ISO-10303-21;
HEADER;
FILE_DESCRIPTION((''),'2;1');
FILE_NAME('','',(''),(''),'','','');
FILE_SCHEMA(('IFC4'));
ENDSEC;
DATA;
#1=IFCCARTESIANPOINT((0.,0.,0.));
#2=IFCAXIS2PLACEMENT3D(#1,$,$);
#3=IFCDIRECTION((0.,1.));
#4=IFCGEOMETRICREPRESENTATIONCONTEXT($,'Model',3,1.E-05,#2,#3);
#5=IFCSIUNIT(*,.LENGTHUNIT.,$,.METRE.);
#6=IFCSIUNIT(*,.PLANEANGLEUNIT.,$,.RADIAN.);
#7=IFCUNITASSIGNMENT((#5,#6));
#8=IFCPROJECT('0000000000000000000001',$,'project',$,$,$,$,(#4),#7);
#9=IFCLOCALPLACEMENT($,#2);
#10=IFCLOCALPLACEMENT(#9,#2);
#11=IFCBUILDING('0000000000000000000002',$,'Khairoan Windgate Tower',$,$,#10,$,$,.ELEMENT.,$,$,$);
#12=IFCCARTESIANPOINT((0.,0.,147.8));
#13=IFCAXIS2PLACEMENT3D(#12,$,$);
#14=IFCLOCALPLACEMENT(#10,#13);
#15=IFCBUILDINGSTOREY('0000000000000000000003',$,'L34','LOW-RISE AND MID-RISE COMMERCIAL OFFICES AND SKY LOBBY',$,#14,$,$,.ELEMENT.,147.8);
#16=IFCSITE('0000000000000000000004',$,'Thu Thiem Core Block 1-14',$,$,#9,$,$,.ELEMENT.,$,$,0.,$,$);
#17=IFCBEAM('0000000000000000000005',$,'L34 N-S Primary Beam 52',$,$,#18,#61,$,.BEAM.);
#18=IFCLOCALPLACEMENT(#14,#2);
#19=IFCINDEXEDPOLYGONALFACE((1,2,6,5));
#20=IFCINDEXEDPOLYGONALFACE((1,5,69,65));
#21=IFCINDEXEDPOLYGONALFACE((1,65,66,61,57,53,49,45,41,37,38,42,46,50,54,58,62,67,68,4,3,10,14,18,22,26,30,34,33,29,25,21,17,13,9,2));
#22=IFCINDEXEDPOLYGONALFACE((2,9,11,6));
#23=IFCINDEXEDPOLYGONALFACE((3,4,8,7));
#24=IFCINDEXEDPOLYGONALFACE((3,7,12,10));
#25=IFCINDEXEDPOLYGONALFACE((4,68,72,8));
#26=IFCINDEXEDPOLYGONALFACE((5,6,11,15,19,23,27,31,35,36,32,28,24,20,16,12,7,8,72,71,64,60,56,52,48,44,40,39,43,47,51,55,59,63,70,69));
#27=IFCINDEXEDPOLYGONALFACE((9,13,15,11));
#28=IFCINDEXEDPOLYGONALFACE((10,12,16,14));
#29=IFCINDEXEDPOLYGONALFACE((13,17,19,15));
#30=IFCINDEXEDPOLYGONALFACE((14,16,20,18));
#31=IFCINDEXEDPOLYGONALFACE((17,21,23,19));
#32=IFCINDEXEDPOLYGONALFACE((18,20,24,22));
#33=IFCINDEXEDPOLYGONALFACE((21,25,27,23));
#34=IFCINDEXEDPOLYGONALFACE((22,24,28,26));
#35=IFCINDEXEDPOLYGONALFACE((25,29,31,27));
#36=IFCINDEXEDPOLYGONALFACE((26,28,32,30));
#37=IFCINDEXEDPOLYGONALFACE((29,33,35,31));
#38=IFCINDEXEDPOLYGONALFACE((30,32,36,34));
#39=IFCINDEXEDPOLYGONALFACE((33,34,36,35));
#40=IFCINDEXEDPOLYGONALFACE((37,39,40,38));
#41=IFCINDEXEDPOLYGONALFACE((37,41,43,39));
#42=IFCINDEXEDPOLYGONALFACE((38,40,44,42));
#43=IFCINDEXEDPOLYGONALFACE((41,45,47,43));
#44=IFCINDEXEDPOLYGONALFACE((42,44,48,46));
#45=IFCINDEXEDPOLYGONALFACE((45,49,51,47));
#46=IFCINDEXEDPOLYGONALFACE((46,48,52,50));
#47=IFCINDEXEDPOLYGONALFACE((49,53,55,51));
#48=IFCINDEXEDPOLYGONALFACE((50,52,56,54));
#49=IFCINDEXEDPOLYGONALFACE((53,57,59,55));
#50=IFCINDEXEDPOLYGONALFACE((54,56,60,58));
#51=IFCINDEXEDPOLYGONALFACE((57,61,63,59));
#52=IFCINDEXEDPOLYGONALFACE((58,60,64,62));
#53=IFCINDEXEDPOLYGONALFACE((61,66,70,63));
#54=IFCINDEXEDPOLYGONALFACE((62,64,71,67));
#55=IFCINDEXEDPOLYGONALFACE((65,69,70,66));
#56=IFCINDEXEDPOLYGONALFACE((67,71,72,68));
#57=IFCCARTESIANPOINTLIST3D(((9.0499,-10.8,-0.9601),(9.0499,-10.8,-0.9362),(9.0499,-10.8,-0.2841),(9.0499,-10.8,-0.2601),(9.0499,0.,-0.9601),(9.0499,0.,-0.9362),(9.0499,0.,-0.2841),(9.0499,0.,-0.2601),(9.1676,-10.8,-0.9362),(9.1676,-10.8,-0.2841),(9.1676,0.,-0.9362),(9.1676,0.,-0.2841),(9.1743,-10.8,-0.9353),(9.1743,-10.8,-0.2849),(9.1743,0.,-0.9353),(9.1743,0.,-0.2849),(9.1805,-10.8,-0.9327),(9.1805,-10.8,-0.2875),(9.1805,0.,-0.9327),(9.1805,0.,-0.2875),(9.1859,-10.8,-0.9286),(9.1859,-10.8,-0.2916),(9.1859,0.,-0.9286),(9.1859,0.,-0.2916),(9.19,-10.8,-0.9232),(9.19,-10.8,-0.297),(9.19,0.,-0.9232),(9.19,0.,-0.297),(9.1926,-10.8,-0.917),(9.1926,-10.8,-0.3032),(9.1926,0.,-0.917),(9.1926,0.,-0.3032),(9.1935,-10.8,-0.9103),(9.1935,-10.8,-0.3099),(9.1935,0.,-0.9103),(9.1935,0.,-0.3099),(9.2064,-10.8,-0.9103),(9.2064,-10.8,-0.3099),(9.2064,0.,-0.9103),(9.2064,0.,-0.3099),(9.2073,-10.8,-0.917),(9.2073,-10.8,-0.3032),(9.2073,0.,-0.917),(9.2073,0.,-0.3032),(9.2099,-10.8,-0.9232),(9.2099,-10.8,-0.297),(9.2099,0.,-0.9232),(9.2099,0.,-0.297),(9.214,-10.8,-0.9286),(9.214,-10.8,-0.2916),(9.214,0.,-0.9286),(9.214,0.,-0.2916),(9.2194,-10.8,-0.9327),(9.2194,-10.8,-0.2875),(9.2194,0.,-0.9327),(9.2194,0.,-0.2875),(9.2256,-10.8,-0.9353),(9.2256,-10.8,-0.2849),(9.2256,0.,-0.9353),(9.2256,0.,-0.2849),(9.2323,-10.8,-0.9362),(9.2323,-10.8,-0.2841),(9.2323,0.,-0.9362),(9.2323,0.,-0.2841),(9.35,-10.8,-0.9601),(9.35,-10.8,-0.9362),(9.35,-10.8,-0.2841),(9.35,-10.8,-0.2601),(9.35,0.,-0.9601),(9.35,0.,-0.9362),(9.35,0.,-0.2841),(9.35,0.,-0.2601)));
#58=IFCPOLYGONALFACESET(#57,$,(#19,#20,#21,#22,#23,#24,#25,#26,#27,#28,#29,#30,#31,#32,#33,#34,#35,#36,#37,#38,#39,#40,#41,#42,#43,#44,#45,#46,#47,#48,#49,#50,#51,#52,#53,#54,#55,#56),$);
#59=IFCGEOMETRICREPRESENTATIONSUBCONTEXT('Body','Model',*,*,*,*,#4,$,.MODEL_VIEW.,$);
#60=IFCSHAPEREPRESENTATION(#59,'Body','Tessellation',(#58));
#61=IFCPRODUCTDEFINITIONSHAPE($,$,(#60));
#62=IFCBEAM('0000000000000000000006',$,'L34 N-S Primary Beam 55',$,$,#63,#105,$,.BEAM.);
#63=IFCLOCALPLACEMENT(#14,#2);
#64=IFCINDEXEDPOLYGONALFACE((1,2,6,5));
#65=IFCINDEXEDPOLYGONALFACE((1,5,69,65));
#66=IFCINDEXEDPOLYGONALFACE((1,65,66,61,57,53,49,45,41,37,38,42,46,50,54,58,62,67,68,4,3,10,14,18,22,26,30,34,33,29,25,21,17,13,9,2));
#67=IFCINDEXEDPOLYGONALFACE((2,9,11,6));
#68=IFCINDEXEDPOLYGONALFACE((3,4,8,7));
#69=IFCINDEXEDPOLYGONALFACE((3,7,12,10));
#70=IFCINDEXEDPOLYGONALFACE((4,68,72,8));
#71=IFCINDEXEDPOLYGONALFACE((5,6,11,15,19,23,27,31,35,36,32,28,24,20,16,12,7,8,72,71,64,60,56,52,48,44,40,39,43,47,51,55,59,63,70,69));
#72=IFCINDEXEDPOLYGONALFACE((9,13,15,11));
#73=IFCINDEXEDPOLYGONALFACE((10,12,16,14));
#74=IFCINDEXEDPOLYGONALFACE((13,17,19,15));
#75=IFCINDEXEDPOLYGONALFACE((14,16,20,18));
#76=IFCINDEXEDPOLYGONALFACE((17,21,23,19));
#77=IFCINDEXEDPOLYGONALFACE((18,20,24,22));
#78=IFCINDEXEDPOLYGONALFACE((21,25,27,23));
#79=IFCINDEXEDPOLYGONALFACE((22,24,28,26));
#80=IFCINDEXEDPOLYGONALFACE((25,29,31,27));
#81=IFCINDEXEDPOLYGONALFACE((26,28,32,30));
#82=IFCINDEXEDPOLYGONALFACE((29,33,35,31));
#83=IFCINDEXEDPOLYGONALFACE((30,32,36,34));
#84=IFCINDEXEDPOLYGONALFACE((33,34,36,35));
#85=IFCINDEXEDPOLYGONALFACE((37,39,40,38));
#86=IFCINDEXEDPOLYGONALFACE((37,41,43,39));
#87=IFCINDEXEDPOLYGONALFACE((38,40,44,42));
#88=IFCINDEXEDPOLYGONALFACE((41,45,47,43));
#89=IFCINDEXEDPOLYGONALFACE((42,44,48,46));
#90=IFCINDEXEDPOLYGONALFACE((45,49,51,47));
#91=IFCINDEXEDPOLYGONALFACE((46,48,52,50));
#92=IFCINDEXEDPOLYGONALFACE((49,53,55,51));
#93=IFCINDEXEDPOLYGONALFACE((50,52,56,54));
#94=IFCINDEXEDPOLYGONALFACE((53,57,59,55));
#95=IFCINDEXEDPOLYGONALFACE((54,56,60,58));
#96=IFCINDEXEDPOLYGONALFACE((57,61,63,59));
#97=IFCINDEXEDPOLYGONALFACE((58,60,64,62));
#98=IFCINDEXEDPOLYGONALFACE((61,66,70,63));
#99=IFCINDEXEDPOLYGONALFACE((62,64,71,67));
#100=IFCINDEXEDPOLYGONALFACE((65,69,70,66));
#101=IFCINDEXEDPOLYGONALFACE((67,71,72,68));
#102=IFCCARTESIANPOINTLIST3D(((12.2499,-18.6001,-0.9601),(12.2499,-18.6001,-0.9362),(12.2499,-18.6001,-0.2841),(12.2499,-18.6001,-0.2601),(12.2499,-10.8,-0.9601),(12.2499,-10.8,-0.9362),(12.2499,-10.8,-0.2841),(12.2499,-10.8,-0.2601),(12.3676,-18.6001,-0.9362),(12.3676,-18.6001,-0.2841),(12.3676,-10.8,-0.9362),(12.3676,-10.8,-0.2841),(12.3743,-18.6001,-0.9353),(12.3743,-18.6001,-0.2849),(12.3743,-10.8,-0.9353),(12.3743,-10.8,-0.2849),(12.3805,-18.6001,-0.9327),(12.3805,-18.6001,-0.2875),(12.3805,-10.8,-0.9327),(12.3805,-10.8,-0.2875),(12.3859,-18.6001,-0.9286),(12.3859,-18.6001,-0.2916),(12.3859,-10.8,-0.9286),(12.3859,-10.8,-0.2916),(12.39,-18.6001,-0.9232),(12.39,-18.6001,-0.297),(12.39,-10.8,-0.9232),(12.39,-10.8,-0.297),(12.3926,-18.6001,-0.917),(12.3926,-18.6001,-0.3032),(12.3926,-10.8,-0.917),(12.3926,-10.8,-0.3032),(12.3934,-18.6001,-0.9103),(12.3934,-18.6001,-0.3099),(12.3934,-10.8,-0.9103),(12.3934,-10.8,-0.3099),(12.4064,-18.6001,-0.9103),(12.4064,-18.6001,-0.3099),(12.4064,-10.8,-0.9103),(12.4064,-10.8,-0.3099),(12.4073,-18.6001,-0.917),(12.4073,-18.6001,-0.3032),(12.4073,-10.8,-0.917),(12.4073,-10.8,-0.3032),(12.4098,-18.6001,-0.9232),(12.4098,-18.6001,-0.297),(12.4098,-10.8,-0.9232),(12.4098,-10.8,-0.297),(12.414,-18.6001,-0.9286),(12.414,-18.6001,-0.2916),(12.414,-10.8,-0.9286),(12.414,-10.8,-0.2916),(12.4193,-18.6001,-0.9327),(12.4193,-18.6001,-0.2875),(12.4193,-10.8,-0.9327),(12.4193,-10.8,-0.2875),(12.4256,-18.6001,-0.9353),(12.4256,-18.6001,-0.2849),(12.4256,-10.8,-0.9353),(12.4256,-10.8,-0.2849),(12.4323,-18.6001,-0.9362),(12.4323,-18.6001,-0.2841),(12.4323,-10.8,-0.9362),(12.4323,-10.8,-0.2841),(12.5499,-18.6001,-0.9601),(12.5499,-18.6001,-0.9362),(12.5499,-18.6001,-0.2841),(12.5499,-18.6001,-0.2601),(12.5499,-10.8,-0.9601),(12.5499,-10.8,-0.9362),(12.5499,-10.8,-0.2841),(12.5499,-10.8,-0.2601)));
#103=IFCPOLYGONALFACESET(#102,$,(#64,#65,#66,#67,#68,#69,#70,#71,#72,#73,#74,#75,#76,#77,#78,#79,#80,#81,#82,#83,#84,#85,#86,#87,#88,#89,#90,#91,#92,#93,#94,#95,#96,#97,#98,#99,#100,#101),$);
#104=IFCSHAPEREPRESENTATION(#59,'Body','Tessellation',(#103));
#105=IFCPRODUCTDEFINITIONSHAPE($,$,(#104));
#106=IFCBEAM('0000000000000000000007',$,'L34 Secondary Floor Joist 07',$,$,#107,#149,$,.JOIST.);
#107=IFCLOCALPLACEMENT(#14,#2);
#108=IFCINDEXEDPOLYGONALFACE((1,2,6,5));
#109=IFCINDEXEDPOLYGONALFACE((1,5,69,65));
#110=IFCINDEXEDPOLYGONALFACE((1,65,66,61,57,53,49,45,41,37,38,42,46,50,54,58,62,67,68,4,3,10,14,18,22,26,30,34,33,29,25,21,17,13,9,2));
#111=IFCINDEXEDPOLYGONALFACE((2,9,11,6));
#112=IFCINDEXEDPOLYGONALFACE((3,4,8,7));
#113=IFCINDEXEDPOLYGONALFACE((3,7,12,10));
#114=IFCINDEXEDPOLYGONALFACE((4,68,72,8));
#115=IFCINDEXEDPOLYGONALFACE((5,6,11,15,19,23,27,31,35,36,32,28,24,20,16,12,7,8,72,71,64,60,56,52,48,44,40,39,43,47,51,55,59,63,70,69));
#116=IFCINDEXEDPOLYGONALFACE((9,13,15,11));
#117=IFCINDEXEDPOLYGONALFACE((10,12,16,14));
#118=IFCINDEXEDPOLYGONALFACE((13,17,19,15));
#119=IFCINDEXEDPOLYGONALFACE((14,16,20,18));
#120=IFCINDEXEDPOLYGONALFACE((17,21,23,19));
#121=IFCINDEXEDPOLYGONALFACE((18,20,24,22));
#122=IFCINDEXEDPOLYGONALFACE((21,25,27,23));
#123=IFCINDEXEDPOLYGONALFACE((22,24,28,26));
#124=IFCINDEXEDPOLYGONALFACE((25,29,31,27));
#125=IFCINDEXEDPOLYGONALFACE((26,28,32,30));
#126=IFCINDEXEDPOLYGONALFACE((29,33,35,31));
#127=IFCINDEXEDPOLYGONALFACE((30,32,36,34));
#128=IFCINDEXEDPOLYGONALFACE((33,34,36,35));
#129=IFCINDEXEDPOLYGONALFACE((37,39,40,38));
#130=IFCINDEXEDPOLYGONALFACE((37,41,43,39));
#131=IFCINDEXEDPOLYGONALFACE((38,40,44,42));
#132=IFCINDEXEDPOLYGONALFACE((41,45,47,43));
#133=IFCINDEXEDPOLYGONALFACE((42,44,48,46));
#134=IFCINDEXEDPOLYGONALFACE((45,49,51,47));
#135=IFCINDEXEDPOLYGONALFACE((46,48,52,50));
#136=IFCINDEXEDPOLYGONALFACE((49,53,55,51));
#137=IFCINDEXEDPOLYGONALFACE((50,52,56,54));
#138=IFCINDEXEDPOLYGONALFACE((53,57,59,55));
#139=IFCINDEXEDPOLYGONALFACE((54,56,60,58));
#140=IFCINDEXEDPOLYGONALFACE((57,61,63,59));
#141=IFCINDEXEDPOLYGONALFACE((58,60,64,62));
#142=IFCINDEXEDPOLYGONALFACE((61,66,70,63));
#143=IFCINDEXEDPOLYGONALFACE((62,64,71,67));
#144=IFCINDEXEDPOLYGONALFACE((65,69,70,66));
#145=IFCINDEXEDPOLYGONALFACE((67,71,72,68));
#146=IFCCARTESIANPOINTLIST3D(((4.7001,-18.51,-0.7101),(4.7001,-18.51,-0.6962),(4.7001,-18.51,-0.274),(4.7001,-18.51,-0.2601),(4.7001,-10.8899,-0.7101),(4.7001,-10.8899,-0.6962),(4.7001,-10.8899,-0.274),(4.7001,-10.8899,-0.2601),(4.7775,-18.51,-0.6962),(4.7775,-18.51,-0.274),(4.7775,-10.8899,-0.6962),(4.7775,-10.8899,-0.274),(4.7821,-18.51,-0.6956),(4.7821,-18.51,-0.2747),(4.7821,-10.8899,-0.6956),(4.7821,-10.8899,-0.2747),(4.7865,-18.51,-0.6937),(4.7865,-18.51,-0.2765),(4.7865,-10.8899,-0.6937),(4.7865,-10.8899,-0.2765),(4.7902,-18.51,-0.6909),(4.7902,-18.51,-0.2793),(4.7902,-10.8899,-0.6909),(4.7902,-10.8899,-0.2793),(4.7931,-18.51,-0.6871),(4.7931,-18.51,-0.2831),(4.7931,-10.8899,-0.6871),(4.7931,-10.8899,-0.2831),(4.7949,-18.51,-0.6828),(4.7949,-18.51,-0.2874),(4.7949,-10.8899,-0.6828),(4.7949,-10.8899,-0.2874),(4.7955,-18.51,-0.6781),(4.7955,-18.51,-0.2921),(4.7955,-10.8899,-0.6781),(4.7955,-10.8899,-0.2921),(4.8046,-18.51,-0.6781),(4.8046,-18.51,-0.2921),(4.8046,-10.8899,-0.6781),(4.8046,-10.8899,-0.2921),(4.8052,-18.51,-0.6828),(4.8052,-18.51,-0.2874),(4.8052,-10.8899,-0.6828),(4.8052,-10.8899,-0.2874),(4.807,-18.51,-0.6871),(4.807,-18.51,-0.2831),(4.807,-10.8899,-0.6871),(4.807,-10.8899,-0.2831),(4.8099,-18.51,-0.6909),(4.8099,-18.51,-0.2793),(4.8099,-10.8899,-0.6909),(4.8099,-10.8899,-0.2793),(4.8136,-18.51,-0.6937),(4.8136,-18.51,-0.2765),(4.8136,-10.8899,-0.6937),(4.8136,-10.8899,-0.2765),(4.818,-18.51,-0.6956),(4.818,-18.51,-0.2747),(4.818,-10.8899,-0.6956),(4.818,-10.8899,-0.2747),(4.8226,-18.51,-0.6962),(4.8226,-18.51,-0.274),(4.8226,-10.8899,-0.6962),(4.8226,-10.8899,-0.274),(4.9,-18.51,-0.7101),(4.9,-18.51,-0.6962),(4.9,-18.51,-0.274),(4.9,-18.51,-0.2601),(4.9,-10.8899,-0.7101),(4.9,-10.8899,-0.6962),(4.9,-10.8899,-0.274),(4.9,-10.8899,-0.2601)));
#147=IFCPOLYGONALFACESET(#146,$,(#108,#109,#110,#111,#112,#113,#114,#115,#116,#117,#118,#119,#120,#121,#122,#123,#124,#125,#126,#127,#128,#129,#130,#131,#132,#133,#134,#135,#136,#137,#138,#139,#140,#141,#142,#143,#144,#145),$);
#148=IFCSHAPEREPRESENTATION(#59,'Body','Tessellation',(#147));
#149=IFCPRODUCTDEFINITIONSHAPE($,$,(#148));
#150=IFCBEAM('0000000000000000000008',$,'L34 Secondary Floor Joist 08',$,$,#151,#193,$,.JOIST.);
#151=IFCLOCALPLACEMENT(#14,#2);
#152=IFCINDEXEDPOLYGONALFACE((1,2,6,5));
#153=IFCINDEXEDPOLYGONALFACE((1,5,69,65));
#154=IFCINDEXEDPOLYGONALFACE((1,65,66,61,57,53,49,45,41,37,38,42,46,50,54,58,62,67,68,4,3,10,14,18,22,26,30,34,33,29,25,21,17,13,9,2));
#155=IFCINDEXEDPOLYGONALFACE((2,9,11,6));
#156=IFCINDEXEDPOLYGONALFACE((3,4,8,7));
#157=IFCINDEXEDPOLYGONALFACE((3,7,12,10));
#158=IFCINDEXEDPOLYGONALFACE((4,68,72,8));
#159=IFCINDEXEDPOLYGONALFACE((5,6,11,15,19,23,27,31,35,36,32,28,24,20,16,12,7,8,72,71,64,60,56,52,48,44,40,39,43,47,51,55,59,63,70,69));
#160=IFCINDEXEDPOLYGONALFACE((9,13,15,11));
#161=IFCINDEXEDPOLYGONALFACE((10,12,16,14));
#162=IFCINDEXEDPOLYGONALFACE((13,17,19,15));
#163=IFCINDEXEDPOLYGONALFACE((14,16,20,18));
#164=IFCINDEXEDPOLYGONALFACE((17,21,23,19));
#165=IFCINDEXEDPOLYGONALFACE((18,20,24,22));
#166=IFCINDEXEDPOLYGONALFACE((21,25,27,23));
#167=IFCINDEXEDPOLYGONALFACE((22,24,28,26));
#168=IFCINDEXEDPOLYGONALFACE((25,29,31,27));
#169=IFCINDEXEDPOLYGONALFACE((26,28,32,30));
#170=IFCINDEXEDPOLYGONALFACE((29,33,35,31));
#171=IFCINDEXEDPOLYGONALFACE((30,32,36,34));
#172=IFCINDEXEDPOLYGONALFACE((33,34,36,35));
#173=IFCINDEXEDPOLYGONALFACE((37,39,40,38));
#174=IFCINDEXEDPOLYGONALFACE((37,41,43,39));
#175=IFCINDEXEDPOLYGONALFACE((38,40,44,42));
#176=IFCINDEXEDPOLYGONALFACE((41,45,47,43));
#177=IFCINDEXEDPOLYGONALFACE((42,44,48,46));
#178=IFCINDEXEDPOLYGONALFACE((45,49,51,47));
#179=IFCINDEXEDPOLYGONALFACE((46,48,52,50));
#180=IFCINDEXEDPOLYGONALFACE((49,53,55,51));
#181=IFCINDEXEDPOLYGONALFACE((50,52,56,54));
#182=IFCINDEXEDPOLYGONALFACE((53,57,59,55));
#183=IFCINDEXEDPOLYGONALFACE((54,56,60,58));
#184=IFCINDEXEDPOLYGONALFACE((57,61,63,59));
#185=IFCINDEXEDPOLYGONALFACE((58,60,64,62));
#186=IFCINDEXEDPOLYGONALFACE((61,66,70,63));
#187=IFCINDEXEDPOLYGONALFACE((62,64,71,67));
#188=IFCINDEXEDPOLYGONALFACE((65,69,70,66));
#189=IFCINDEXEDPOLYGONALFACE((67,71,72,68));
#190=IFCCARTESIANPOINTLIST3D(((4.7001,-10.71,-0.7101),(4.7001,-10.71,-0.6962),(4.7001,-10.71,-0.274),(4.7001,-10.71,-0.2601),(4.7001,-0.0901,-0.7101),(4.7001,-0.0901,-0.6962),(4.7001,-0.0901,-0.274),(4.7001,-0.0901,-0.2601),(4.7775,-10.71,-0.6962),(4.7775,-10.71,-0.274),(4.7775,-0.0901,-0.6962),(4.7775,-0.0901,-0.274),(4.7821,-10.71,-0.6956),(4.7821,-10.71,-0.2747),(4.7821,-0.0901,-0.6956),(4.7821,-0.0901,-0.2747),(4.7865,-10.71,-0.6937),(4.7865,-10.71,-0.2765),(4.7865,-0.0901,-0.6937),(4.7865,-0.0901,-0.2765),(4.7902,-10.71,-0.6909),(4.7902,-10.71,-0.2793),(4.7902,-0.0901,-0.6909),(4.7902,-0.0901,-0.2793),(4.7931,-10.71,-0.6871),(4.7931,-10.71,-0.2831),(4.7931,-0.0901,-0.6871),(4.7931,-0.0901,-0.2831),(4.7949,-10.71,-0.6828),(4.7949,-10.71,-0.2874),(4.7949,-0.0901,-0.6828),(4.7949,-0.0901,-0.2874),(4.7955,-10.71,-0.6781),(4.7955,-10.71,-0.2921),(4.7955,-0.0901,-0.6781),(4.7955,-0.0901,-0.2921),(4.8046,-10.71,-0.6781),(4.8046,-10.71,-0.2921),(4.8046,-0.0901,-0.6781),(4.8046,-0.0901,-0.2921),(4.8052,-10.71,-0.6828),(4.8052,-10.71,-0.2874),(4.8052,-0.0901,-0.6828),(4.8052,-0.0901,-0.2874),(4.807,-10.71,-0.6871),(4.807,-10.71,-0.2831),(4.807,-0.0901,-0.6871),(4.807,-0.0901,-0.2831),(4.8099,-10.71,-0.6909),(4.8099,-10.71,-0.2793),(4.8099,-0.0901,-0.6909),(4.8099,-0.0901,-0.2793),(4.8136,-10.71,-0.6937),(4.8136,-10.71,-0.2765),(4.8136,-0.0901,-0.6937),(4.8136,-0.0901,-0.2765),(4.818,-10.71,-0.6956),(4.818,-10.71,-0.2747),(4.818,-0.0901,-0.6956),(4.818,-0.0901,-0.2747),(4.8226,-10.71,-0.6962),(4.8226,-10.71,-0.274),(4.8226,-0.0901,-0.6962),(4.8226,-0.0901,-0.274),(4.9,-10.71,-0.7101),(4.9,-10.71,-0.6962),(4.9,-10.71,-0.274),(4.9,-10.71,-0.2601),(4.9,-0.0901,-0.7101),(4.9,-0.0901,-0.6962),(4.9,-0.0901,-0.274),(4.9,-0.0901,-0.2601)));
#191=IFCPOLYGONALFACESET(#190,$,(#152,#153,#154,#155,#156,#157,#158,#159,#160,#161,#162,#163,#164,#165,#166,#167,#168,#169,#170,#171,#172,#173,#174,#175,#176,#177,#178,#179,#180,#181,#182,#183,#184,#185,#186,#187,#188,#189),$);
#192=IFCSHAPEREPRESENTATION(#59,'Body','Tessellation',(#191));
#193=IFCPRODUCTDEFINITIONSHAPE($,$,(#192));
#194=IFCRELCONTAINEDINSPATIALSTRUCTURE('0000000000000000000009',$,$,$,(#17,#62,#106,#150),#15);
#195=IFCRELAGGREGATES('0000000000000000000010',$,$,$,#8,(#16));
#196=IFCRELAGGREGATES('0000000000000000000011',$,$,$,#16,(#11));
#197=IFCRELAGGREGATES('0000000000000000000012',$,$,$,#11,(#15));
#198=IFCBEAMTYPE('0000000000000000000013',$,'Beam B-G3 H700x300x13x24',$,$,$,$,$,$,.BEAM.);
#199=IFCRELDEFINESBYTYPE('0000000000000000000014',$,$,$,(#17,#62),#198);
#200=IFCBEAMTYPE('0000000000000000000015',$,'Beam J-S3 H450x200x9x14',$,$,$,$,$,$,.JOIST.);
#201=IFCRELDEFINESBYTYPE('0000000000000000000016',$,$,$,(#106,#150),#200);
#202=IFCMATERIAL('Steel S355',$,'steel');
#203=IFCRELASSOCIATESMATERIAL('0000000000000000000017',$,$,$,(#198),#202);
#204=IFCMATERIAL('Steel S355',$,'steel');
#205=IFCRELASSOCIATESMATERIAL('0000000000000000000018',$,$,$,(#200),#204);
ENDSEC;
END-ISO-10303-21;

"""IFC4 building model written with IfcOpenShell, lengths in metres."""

from ifc_helpers import new_model, si_unit, direction, frame, origin, origin_2d, place, context, subcontext, project, spatial, i_section, extrude, material, material_profile, profile_set, type_object, element, save


model = new_model("IFC4")

# Units and contexts
model_context = context("Model", 3, precision=1e-05, world=origin(), true_north=direction((0.0, 1.0)))
body_context = subcontext(model_context, "Body", "Model", "MODEL_VIEW")
ifc_project = project(units=[si_unit("LENGTHUNIT", "METRE"), si_unit("PLANEANGLEUNIT", "RADIAN")], contexts=[model_context])

# Site, building, storey
site_placement = place(None, origin())
site = spatial("IfcSite", under=ifc_project, at=site_placement, Name="Thu Thiem Core Block 1-14", CompositionType="ELEMENT", RefElevation=0.0)
building_placement = place(site_placement, origin())
building = spatial("IfcBuilding", under=site, at=building_placement, Name="Khairoan Windgate Tower", CompositionType="ELEMENT")
storey_placement = place(building_placement, frame((0.0, 0.0, 147.8)))
storey = spatial("IfcBuildingStorey", under=building, at=storey_placement, Name="L34", Description="LOW-RISE AND MID-RISE COMMERCIAL OFFICES AND SKY LOBBY", CompositionType="ELEMENT", Elevation=147.8)

# Beams
ifc_material_1 = material(Name="Steel S355", Category="steel")
ifc_material_profile_1 = material_profile(ifc_material_1, i_section(OverallWidth=0.3, OverallDepth=0.7, WebThickness=0.0129, FlangeThickness=0.0239, FilletRadius=0.0259, at=origin_2d()))
ifc_profile_set_1 = profile_set([ifc_material_profile_1], Name="Steel S355")
beam_type_1 = type_object("IfcBeamType", Name="Beam B-G3 H700x300x13x24", PredefinedType="BEAM", material=ifc_profile_set_1)
beam_1_placement = place(storey_placement, frame((9.2, -10.8, -0.6101), z_axis=(0.0, 1.0, 0.0), x_axis=(-1.0, 0.0, 0.0)))
element("IfcBeam", 1, at=beam_1_placement, inside=storey, type_object=beam_type_1, Name="L34 N-S Primary Beam 52", PredefinedType="BEAM", context=body_context, shape_type="SweptSolid", body=[
    extrude(i_section(OverallWidth=0.3, OverallDepth=0.7, WebThickness=0.0129, FlangeThickness=0.0239, FilletRadius=0.0259, at=origin_2d()), origin(), (0.0, 0.0, 1.0), 10.8),
])
beam_2_placement = place(storey_placement, frame((12.3999, -18.6001, -0.6101), z_axis=(0.0, 1.0, 0.0), x_axis=(-1.0, 0.0, 0.0)))
element("IfcBeam", 2, at=beam_2_placement, inside=storey, type_object=beam_type_1, Name="L34 N-S Primary Beam 55", PredefinedType="BEAM", context=body_context, shape_type="SweptSolid", body=[
    extrude(i_section(OverallWidth=0.3, OverallDepth=0.7, WebThickness=0.0129, FlangeThickness=0.0239, FilletRadius=0.0259, at=origin_2d()), origin(), (0.0, 0.0, 1.0), 7.8),
])
ifc_material_2 = material(Name="Steel S355", Category="steel")
ifc_material_profile_2 = material_profile(ifc_material_2, i_section(OverallWidth=0.2, OverallDepth=0.45, WebThickness=0.009, FlangeThickness=0.0139, FilletRadius=0.0181, at=origin_2d()))
ifc_profile_set_2 = profile_set([ifc_material_profile_2], Name="Steel S355")
beam_type_2 = type_object("IfcBeamType", Name="Beam J-S3 H450x200x9x14", PredefinedType="JOIST", material=ifc_profile_set_2)
beam_3_placement = place(storey_placement, frame((4.8, -18.51, -0.4851), z_axis=(0.0, 1.0, 0.0), x_axis=(-1.0, 0.0, 0.0)))
element("IfcBeam", 3, at=beam_3_placement, inside=storey, type_object=beam_type_2, Name="L34 Secondary Floor Joist 07", PredefinedType="JOIST", context=body_context, shape_type="SweptSolid", body=[
    extrude(i_section(OverallWidth=0.2, OverallDepth=0.45, WebThickness=0.009, FlangeThickness=0.0139, FilletRadius=0.0181, at=origin_2d()), origin(), (0.0, 0.0, 1.0), 7.6201),
])
beam_4_placement = place(storey_placement, frame((4.8, -10.71, -0.4851), z_axis=(0.0, 1.0, 0.0), x_axis=(-1.0, 0.0, 0.0)))
element("IfcBeam", 4, at=beam_4_placement, inside=storey, type_object=beam_type_2, Name="L34 Secondary Floor Joist 08", PredefinedType="JOIST", context=body_context, shape_type="SweptSolid", body=[
    extrude(i_section(OverallWidth=0.2, OverallDepth=0.45, WebThickness=0.009, FlangeThickness=0.0139, FilletRadius=0.0181, at=origin_2d()), origin(), (0.0, 0.0, 1.0), 10.6199),
])

save(model, "model.ifc")
